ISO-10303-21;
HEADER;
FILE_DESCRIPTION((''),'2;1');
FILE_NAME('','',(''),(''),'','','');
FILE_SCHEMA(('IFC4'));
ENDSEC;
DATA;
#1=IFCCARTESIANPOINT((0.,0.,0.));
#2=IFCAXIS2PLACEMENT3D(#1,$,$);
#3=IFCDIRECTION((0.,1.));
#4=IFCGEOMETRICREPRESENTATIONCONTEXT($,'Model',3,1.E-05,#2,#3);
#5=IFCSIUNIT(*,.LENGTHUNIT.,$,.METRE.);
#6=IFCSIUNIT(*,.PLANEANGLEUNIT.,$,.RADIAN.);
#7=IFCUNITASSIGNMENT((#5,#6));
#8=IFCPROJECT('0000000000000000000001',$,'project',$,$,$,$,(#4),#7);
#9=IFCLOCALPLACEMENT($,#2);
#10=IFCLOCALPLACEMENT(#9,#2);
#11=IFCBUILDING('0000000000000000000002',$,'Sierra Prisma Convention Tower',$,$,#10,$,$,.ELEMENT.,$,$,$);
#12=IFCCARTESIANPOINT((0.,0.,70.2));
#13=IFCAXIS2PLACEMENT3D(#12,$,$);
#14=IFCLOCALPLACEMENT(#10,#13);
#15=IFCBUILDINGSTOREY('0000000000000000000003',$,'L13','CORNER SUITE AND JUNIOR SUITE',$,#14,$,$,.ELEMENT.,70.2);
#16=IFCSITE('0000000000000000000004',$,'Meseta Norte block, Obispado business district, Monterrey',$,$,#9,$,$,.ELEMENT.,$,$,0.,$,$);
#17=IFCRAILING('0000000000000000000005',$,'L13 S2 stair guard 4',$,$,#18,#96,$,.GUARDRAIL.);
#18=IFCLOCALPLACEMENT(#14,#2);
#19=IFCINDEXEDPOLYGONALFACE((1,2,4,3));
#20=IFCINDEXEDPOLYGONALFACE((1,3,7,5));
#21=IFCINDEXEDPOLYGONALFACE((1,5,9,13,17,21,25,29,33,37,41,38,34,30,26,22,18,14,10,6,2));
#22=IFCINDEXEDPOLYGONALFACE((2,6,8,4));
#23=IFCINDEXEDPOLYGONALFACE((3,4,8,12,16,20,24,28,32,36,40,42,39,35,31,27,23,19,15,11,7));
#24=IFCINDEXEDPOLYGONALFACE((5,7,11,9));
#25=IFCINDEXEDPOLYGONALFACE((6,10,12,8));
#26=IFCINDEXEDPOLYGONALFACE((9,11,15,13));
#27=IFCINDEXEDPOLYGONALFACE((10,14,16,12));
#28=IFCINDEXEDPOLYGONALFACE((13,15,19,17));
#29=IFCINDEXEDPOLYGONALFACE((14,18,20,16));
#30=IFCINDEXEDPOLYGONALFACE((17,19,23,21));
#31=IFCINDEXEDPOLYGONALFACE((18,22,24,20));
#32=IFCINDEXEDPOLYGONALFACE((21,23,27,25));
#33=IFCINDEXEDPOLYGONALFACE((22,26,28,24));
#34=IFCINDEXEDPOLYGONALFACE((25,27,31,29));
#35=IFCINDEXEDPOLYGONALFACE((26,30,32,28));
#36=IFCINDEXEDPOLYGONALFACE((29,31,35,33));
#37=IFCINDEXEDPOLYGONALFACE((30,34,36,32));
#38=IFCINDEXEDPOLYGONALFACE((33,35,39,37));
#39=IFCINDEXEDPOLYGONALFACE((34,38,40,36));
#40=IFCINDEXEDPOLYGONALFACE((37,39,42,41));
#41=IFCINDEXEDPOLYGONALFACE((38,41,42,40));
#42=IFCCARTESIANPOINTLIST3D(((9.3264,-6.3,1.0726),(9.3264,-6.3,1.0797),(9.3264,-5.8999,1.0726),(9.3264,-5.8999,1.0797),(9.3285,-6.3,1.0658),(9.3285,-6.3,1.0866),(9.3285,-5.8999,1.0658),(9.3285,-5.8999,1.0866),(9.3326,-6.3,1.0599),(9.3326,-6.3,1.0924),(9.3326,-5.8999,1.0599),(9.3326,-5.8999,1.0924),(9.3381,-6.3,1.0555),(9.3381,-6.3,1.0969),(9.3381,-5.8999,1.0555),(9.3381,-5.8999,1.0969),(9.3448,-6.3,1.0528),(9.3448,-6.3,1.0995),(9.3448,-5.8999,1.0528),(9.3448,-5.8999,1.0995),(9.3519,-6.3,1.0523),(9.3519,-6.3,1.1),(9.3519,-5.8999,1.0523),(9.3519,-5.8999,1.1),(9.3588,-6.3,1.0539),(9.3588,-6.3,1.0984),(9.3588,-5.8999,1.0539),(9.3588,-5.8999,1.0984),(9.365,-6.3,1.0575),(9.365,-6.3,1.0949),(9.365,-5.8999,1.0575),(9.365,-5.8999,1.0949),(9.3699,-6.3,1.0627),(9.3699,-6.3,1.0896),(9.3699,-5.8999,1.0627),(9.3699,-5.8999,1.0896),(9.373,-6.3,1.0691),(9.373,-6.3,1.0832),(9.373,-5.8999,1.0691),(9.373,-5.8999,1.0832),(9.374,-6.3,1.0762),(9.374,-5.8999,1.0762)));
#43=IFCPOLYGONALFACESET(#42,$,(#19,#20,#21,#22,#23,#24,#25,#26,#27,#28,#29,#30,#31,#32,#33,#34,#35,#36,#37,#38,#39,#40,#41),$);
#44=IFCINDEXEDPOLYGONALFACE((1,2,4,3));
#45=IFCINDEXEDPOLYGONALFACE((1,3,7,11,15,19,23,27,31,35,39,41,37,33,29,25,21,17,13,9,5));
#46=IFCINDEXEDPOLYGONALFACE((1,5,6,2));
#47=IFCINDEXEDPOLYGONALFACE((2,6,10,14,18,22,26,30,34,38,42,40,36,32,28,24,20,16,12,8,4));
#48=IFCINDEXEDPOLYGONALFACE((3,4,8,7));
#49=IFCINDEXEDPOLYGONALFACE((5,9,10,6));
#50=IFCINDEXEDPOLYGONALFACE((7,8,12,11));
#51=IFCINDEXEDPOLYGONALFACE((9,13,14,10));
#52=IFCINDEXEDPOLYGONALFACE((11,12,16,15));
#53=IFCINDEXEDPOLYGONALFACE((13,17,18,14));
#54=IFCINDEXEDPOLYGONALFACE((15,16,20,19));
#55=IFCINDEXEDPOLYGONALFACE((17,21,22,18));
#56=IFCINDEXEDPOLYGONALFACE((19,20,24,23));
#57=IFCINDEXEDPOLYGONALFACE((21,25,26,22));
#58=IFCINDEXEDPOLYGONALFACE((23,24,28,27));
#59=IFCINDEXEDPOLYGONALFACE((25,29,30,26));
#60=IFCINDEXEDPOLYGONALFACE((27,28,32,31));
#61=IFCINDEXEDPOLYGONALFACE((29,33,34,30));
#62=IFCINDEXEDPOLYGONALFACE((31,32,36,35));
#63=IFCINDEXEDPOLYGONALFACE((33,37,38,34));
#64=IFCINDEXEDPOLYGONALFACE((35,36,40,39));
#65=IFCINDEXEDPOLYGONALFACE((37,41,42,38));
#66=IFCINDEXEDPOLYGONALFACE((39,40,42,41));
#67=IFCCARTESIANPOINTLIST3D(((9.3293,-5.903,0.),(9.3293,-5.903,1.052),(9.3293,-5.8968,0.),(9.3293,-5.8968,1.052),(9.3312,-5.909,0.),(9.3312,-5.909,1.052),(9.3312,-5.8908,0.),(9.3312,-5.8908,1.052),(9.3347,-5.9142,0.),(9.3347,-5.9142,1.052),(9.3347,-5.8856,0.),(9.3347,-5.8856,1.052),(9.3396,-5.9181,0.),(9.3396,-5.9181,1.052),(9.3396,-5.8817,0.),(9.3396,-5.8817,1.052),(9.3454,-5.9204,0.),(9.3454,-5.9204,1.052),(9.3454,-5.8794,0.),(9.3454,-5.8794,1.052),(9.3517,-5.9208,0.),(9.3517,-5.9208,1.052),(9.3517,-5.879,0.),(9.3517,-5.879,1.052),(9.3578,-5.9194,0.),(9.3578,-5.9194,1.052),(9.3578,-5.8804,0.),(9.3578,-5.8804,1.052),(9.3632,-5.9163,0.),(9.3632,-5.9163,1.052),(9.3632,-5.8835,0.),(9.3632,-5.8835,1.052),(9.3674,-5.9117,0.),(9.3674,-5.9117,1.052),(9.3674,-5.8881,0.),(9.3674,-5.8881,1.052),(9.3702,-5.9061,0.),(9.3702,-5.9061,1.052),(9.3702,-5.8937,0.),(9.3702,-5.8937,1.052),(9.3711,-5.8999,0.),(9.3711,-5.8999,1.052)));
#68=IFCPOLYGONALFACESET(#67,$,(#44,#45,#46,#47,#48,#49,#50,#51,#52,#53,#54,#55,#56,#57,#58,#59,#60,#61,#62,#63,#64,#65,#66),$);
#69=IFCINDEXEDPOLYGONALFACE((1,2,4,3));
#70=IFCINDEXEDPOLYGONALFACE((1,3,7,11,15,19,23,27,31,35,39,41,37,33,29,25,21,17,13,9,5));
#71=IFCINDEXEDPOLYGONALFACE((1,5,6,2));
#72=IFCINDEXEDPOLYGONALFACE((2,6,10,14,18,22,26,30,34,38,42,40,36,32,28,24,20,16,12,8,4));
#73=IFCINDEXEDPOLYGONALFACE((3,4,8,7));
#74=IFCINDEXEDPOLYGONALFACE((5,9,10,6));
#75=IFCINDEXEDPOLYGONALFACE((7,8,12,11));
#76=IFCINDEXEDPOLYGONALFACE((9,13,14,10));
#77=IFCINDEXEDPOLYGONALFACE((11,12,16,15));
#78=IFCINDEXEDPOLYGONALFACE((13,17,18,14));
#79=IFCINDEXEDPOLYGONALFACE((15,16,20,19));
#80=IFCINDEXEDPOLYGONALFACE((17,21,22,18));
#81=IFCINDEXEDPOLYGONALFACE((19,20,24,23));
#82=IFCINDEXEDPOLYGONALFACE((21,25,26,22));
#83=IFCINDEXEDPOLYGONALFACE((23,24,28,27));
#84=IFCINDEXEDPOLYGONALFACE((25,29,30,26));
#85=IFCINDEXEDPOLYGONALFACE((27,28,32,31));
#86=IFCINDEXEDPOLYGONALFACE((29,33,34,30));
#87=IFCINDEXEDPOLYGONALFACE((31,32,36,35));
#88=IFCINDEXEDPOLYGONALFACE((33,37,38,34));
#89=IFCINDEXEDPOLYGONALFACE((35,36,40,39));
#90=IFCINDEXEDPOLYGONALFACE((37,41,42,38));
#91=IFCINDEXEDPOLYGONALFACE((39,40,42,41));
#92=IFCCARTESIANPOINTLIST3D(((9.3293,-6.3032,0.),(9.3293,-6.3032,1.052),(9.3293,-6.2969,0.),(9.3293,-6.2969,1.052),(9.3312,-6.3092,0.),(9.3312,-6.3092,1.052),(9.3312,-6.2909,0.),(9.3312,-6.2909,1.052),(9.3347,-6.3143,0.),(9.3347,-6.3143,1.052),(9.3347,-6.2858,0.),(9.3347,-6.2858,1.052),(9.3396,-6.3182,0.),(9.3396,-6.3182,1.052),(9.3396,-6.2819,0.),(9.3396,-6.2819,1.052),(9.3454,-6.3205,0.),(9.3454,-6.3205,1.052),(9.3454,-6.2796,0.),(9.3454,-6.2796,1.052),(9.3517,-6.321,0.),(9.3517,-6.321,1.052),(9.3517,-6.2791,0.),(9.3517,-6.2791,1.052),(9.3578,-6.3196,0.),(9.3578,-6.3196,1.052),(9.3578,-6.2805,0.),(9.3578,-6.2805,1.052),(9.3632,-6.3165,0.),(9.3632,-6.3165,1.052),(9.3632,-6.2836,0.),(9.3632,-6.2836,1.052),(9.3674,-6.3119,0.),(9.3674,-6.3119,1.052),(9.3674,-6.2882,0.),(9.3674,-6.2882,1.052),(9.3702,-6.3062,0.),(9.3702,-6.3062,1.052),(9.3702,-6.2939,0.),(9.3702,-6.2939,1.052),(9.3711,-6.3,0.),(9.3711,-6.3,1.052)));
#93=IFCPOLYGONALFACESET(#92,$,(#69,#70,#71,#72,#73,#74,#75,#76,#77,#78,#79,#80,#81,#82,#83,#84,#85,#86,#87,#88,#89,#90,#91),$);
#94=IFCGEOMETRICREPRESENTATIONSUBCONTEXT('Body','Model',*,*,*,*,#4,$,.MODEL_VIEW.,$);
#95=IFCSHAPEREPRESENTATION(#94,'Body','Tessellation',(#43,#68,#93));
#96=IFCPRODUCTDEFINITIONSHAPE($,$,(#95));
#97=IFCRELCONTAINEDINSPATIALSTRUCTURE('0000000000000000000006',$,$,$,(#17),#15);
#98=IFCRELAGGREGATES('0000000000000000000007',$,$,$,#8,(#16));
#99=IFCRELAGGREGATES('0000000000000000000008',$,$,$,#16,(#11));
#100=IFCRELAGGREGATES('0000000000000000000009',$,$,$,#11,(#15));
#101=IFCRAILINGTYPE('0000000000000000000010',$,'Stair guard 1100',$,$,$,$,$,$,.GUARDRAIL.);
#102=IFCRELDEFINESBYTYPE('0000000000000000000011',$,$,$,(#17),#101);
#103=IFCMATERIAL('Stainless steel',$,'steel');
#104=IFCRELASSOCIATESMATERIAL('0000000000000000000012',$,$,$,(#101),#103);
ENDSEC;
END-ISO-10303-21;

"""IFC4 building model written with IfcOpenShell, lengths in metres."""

from ifc_helpers import new_model, si_unit, direction, frame, origin, origin_2d, place, context, subcontext, project, spatial, circle, extrude, material, type_object, element, save


model = new_model("IFC4")

# Units and contexts
model_context = context("Model", 3, precision=1e-05, world=origin(), true_north=direction((0.0, 1.0)))
body_context = subcontext(model_context, "Body", "Model", "MODEL_VIEW")
ifc_project = project(units=[si_unit("LENGTHUNIT", "METRE"), si_unit("PLANEANGLEUNIT", "RADIAN")], contexts=[model_context])

# Site, building, storey
site_placement = place(None, origin())
site = spatial("IfcSite", under=ifc_project, at=site_placement, Name="Meseta Norte block, Obispado business district, Monterrey", CompositionType="ELEMENT", RefElevation=0.0)
building_placement = place(site_placement, origin())
building = spatial("IfcBuilding", under=site, at=building_placement, Name="Sierra Prisma Convention Tower", CompositionType="ELEMENT")
storey_placement = place(building_placement, frame((0.0, 0.0, 70.2)))
storey = spatial("IfcBuildingStorey", under=building, at=storey_placement, Name="L13", Description="CORNER SUITE AND JUNIOR SUITE", CompositionType="ELEMENT", Elevation=70.2)

# Railing
ifc_material_1 = material(Name="Stainless steel", Category="steel")
railing_type_1 = type_object("IfcRailingType", Name="Stair guard 1100", PredefinedType="GUARDRAIL", material=ifc_material_1)
railing_1_placement = place(storey_placement, frame((9.3501, -5.8999, 0.0)))
element("IfcRailing", 1, at=railing_1_placement, inside=storey, type_object=railing_type_1, Name="L13 S2 stair guard 4", PredefinedType="GUARDRAIL", context=body_context, shape_type="SweptSolid", body=[
    extrude(circle(Radius=0.0239, at=origin_2d()), frame((0.0, 0.0, 1.0762), z_axis=(0.0, -1.0, 0.0), x_axis=(1.0, 0.0, 0.0)), (0.0, 0.0, 1.0), 0.4001),
    extrude(circle(Radius=0.021, at=origin_2d()), origin(), (0.0, 0.0, 1.0), 1.052),
    extrude(circle(Radius=0.021, at=origin_2d()), frame((0.0, -0.4001, 0.0)), (0.0, 0.0, 1.0), 1.052),
])

save(model, "model.ifc")
